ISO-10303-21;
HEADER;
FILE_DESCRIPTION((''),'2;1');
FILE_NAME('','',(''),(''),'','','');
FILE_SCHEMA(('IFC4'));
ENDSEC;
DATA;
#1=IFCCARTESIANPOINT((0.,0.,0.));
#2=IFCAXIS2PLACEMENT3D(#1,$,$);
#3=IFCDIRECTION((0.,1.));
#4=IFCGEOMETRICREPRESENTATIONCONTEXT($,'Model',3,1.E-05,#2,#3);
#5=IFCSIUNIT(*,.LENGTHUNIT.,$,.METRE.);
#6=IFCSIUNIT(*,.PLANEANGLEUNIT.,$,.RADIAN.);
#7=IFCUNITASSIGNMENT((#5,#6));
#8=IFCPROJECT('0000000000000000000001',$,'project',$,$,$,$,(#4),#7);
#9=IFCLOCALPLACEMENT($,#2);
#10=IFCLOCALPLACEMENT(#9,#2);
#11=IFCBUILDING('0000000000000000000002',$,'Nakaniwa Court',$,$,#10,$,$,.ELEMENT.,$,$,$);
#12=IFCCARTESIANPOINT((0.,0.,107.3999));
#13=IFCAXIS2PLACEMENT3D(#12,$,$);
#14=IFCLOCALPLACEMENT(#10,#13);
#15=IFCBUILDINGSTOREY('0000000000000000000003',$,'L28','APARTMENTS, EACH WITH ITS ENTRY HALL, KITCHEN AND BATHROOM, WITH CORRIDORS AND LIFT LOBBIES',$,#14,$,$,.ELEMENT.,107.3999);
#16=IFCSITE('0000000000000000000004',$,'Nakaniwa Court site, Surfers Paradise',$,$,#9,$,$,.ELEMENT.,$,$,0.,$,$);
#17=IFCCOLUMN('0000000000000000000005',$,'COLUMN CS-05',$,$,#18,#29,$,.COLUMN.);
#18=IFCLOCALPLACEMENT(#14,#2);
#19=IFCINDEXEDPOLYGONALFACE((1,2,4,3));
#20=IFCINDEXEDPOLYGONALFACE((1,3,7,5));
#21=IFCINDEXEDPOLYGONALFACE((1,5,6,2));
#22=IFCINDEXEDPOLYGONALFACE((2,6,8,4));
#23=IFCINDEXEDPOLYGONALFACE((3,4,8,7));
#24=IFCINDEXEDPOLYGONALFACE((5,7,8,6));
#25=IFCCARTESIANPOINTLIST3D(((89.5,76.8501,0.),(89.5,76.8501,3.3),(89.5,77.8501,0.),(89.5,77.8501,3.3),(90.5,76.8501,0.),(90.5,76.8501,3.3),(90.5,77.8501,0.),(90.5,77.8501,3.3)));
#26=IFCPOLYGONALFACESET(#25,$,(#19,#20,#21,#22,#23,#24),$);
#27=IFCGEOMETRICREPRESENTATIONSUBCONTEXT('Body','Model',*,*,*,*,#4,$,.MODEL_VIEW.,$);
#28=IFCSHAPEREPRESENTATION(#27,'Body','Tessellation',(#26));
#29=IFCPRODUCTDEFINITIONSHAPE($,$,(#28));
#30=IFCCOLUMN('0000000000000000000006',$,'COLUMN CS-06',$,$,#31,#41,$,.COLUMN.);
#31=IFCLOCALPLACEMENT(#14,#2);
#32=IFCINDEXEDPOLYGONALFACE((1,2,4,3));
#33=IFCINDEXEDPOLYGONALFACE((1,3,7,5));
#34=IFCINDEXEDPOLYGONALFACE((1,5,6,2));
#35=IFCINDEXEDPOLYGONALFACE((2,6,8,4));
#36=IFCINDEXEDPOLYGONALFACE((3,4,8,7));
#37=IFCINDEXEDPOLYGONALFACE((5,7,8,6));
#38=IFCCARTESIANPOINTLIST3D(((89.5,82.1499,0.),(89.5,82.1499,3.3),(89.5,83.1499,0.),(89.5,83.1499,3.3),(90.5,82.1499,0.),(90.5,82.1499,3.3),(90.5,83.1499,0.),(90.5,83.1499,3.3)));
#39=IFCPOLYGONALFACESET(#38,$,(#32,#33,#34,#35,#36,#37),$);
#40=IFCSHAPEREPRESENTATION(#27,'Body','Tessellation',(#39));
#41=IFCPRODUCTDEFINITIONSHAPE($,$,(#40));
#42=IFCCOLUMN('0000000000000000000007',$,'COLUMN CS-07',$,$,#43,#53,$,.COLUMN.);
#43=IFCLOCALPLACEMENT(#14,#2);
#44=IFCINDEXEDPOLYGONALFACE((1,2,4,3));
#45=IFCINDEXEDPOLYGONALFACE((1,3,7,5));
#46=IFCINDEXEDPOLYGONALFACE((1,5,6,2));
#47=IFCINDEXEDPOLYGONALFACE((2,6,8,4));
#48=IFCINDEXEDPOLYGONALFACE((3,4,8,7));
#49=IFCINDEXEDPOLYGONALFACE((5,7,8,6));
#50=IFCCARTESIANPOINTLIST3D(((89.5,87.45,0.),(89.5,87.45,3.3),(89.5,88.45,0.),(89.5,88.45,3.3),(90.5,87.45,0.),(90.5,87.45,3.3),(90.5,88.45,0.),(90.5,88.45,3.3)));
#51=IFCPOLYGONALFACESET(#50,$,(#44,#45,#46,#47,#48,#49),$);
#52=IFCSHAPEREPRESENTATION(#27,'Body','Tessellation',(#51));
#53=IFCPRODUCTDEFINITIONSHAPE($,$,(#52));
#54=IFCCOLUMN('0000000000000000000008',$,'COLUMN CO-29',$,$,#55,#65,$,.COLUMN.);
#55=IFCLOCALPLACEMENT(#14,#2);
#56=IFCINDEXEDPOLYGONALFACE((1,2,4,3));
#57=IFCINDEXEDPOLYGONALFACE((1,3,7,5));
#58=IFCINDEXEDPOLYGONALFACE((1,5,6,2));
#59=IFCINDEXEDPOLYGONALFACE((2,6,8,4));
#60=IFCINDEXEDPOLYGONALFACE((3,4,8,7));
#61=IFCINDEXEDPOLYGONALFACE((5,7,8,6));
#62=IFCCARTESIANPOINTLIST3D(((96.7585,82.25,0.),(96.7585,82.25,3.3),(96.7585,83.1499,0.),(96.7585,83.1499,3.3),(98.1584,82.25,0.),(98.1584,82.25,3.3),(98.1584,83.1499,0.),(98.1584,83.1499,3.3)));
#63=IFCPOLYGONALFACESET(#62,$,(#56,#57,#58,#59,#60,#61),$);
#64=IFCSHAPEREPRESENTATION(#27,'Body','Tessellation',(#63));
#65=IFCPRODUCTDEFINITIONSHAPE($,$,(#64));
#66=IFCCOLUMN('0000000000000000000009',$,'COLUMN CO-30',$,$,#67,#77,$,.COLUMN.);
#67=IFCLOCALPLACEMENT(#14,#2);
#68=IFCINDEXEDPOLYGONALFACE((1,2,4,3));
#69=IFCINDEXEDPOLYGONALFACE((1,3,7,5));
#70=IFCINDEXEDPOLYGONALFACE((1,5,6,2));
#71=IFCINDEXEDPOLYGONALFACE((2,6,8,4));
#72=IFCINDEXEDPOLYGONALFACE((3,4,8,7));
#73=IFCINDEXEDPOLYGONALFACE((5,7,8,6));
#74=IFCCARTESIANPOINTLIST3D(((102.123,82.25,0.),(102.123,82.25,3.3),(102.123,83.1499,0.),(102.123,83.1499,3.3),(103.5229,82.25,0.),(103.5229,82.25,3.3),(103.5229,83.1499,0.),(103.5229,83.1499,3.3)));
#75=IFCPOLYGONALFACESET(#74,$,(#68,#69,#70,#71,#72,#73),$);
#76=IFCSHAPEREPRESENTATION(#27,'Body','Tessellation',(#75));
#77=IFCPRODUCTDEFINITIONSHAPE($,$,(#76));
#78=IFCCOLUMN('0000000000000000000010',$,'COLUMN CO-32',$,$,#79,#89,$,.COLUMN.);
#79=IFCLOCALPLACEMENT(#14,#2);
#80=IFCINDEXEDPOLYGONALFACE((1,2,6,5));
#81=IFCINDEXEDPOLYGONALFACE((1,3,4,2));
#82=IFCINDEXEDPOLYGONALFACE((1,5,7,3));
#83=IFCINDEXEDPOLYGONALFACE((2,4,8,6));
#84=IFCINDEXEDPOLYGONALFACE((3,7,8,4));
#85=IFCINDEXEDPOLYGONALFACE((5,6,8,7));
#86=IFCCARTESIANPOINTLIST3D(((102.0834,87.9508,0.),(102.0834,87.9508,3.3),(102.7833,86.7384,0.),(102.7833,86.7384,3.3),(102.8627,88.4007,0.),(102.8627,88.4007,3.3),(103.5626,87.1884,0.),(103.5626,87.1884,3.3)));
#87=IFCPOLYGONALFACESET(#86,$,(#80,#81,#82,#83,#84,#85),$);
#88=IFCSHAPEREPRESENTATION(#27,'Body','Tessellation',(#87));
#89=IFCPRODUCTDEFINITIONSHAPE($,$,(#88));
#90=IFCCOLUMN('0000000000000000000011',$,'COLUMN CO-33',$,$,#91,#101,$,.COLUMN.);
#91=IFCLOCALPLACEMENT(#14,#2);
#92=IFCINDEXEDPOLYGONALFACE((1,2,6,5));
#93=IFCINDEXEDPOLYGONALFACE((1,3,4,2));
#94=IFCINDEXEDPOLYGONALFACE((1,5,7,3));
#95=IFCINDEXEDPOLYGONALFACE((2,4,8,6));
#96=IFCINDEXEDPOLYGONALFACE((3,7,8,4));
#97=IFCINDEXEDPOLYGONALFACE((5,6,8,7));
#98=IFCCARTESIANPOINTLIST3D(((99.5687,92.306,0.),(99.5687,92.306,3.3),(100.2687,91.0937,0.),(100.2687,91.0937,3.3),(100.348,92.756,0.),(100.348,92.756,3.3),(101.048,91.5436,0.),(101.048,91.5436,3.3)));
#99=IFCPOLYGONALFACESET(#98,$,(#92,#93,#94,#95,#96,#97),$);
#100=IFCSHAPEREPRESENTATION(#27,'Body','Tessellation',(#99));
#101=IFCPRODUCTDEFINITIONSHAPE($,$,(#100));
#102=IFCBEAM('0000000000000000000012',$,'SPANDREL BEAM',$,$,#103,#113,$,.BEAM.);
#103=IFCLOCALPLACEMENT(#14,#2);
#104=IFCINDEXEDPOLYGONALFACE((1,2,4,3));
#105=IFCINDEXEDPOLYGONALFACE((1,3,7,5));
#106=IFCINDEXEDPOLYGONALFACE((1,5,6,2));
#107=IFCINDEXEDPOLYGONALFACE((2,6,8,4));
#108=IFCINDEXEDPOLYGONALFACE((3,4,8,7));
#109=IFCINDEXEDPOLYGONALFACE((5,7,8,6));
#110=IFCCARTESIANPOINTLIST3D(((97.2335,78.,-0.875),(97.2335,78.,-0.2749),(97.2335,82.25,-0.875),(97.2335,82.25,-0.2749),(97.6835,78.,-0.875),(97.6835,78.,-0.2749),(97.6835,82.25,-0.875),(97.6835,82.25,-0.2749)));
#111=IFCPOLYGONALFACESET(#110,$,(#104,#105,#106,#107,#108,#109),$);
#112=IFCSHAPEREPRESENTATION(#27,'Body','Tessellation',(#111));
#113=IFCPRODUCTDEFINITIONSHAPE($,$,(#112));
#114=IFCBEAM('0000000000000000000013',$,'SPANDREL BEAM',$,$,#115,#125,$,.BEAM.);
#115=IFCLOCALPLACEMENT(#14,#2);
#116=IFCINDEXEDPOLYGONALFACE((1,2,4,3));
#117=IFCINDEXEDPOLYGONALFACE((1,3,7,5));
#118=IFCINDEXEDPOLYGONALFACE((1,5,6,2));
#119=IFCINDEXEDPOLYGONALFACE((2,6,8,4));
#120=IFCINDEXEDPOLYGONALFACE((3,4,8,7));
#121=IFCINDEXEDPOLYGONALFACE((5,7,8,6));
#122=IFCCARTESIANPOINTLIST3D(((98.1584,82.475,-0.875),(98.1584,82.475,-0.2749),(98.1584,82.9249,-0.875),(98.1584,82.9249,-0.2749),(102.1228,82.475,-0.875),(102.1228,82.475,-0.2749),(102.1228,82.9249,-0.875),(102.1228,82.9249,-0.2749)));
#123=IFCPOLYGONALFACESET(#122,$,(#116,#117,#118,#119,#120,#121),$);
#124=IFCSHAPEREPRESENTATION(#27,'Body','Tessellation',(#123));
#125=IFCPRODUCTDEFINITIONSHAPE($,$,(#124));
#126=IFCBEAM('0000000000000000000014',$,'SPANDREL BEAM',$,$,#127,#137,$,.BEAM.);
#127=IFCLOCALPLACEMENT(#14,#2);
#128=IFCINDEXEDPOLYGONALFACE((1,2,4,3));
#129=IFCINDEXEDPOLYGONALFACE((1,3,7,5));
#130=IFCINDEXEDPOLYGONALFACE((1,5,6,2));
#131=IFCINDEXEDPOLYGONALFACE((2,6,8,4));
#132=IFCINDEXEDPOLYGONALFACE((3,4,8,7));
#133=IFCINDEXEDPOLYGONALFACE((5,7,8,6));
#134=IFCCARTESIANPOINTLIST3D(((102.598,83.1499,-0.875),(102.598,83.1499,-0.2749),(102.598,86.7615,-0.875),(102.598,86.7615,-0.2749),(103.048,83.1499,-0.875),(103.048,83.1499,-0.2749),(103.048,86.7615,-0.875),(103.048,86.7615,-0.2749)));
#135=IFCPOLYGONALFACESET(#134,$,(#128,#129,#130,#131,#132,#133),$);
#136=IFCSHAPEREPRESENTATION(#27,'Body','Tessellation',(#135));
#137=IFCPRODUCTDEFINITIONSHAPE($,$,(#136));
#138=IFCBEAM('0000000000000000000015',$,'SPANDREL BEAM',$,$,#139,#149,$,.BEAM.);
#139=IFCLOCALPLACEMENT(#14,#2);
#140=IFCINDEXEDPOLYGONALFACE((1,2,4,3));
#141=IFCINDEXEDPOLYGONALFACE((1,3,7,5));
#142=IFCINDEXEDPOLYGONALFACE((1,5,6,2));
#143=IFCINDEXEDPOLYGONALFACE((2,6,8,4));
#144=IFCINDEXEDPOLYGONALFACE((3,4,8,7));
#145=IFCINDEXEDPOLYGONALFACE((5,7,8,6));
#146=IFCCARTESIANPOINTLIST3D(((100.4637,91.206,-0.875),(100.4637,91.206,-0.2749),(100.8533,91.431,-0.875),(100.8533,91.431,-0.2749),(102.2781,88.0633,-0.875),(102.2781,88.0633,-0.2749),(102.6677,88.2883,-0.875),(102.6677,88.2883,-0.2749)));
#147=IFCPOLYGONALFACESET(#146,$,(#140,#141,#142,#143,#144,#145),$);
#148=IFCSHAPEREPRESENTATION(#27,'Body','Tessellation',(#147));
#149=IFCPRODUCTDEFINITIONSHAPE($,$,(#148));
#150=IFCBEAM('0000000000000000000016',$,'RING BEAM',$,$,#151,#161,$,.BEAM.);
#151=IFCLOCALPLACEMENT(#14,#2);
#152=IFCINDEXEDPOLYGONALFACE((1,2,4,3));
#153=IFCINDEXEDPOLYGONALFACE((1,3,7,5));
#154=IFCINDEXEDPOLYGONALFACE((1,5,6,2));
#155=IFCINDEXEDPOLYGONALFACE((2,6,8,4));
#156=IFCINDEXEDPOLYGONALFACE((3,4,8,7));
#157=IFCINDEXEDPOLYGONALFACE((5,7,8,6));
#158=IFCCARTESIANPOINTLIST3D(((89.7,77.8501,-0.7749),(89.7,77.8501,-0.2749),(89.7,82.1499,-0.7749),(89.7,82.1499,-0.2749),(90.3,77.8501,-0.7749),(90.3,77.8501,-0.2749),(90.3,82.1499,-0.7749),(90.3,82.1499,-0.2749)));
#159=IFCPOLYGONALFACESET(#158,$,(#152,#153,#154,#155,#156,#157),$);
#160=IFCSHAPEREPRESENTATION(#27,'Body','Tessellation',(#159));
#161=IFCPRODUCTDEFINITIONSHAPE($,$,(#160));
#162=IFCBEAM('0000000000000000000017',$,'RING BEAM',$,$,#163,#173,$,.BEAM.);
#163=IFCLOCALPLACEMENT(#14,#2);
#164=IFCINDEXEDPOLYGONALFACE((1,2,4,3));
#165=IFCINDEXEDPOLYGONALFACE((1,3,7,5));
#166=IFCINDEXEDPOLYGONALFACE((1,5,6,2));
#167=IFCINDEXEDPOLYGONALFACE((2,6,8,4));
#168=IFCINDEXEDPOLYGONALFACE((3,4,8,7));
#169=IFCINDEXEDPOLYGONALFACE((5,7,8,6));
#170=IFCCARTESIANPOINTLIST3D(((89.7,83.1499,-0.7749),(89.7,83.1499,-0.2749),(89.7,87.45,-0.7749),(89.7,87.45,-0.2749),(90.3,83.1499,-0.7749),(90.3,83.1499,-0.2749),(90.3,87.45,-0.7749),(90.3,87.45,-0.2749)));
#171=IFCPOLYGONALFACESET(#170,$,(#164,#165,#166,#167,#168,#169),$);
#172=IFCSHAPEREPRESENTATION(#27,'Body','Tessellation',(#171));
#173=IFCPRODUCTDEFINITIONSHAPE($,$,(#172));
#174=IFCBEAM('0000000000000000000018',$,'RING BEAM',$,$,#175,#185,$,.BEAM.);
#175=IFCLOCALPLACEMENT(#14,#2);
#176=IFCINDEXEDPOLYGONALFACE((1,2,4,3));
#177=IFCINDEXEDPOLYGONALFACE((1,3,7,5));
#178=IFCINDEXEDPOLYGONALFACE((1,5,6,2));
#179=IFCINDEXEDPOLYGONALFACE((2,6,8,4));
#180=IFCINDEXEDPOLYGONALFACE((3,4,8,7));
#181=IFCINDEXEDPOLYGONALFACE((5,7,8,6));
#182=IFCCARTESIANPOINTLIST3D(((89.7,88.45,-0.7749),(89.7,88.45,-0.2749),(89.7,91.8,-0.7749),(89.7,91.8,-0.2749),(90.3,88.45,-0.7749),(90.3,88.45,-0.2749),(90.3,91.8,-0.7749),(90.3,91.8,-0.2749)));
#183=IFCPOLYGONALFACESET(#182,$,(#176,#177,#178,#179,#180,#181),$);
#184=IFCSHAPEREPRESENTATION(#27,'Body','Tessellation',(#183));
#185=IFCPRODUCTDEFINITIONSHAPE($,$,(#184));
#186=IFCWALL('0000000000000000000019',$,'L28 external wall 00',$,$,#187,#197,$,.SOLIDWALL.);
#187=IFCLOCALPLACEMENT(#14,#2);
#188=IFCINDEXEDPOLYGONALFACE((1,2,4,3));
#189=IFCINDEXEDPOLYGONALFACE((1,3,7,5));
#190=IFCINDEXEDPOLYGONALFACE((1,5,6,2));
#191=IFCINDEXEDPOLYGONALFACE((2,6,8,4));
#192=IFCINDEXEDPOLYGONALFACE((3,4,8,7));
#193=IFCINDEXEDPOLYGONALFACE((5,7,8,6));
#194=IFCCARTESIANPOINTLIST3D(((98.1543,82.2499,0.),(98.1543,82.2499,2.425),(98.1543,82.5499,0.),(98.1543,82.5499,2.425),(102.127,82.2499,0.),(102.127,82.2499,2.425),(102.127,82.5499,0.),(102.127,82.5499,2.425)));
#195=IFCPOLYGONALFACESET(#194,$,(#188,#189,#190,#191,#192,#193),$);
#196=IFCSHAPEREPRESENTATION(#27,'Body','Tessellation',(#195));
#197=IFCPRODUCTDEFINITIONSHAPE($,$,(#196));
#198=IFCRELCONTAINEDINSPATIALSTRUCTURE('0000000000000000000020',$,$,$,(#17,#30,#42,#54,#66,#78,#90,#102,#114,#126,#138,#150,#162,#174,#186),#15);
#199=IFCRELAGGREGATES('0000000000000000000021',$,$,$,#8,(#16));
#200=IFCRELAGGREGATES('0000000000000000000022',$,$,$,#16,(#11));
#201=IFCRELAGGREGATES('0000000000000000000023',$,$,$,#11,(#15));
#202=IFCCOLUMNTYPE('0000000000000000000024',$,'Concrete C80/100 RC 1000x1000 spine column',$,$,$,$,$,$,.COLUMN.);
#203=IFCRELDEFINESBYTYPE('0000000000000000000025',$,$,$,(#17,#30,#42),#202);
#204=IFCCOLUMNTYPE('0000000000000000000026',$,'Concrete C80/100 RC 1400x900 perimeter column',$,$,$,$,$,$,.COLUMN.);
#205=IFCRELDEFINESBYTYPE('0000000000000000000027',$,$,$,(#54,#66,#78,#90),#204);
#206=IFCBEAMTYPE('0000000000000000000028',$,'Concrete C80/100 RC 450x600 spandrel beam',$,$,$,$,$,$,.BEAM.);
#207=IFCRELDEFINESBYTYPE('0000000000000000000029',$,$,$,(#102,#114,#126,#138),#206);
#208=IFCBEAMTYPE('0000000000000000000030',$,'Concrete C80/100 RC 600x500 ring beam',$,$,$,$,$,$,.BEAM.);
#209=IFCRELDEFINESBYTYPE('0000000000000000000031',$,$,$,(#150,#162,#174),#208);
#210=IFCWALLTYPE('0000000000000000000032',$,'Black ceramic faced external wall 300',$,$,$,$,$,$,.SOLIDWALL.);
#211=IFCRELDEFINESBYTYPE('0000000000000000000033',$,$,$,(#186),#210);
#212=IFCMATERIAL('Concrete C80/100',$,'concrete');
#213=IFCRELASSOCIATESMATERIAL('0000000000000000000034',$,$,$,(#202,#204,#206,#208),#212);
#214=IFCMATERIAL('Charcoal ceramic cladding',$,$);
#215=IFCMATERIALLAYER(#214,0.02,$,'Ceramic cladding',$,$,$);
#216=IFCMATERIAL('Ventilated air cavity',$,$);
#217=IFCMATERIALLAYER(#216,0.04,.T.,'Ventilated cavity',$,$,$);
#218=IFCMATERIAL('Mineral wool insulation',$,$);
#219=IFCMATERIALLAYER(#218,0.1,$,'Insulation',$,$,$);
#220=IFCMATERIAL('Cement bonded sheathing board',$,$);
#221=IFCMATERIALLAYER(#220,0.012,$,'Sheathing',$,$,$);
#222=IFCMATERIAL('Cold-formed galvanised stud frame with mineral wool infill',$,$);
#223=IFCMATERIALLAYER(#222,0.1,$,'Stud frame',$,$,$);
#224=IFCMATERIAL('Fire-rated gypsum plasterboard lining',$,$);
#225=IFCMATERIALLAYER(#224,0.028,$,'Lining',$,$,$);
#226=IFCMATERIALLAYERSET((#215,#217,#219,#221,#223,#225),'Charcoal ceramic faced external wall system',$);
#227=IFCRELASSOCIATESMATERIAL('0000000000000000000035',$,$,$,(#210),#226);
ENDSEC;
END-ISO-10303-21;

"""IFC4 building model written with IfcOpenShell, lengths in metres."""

from ifc_helpers import new_model, si_unit, direction, frame, frame_2d, origin, origin_2d, place, context, subcontext, project, spatial, rectangle, extrude, material, layer, layer_set, material_profile, profile_set, type_object, element, save


model = new_model("IFC4")

# Units and contexts
model_context = context("Model", 3, precision=1e-05, world=origin(), true_north=direction((0.0, 1.0)))
body_context = subcontext(model_context, "Body", "Model", "MODEL_VIEW")
ifc_project = project(units=[si_unit("LENGTHUNIT", "METRE"), si_unit("PLANEANGLEUNIT", "RADIAN")], contexts=[model_context])

# Site, building, storey
site_placement = place(None, origin())
site = spatial("IfcSite", under=ifc_project, at=site_placement, Name="Nakaniwa Court site, Surfers Paradise", CompositionType="ELEMENT", RefElevation=0.0)
building_placement = place(site_placement, origin())
building = spatial("IfcBuilding", under=site, at=building_placement, Name="Nakaniwa Court", CompositionType="ELEMENT")
storey_placement = place(building_placement, frame((0.0, 0.0, 107.3999)))
storey = spatial("IfcBuildingStorey", under=building, at=storey_placement, Name="L28", Description="APARTMENTS, EACH WITH ITS ENTRY HALL, KITCHEN AND BATHROOM, WITH CORRIDORS AND LIFT LOBBIES", CompositionType="ELEMENT", Elevation=107.3999)

# Columns
ifc_material_1 = material(Name="Concrete C80/100", Category="concrete")
ifc_material_profile_1 = material_profile(ifc_material_1, rectangle(XDim=1.0, YDim=1.0, at=origin_2d()), Name="Concrete C80/100 RC 1000x1000 spine column")
ifc_profile_set_1 = profile_set([ifc_material_profile_1], Name="Concrete C80/100")
column_type_1 = type_object("IfcColumnType", Name="Concrete C80/100 RC 1000x1000 spine column", PredefinedType="COLUMN", material=ifc_profile_set_1)
for number, where, z_axis, x_axis, name in (
    (1, (90.0, 77.3501, 0.0), (0.0, 0.0, 1.0), (0.0, 1.0, 0.0), "COLUMN CS-05"),
    (2, (90.0, 82.6499, 0.0), (0.0, 0.0, 1.0), (0.0, 1.0, 0.0), "COLUMN CS-06"),
    (3, (90.0, 87.95, 0.0), (0.0, 0.0, 1.0), (0.0, 1.0, 0.0), "COLUMN CS-07"),
):
    element("IfcColumn", number, at=place(storey_placement, frame(where, z_axis=z_axis, x_axis=x_axis)), inside=storey, type_object=column_type_1, Name=name, PredefinedType="COLUMN", context=body_context, shape_type="SweptSolid", body=[
        extrude(rectangle(XDim=1.0, YDim=1.0, at=origin_2d()), origin(), (0.0, 0.0, 1.0), 3.3),
    ])
ifc_material_profile_2 = material_profile(ifc_material_1, rectangle(XDim=1.3999, YDim=0.8999, at=origin_2d()), Name="Concrete C80/100 RC 1400x900 perimeter column")
ifc_profile_set_2 = profile_set([ifc_material_profile_2], Name="Concrete C80/100")
column_type_2 = type_object("IfcColumnType", Name="Concrete C80/100 RC 1400x900 perimeter column", PredefinedType="COLUMN", material=ifc_profile_set_2)
for number, where, z_axis, x_axis, name in (
    (4, (97.4585, 82.7, 0.0), (0.0, 0.0, 1.0), (1.0, 0.0, 0.0), "COLUMN CO-29"),
    (5, (102.823, 82.7, 0.0), (0.0, 0.0, 1.0), (1.0, 0.0, 0.0), "COLUMN CO-30"),
    (6, (102.823, 87.5696, 0.0), (0.0, 0.0, 1.0), (-0.5, 0.866025, 0.0), "COLUMN CO-32"),
    (7, (100.3083, 91.9248, 0.0), (0.0, 0.0, 1.0), (-0.5, 0.866025, 0.0), "COLUMN CO-33"),
):
    element("IfcColumn", number, at=place(storey_placement, frame(where, z_axis=z_axis, x_axis=x_axis)), inside=storey, type_object=column_type_2, Name=name, PredefinedType="COLUMN", context=body_context, shape_type="SweptSolid", body=[
        extrude(rectangle(XDim=1.3999, YDim=0.8999, at=origin_2d()), origin(), (0.0, 0.0, 1.0), 3.3),
    ])

# Beams
ifc_material_profile_3 = material_profile(ifc_material_1, rectangle(XDim=0.45, YDim=0.6001, at=origin_2d()), Name="Concrete C80/100 RC 450x600 spandrel beam")
ifc_profile_set_3 = profile_set([ifc_material_profile_3], Name="Concrete C80/100")
beam_type_1 = type_object("IfcBeamType", Name="Concrete C80/100 RC 450x600 spandrel beam", PredefinedType="BEAM", material=ifc_profile_set_3)
beam_1_placement = place(storey_placement, frame((97.4585, 78.0, -0.575), z_axis=(0.0, 1.0, 0.0), x_axis=(-1.0, 0.0, 0.0)))
element("IfcBeam", 8, at=beam_1_placement, inside=storey, type_object=beam_type_1, Name="SPANDREL BEAM", PredefinedType="BEAM", context=body_context, shape_type="SweptSolid", body=[
    extrude(rectangle(XDim=0.45, YDim=0.6001, at=origin_2d()), origin(), (0.0, 0.0, 1.0), 4.25),
])
beam_2_placement = place(storey_placement, frame((98.1584, 82.7, -0.575), z_axis=(1.0, 0.0, 0.0), x_axis=(0.0, 1.0, 0.0)))
element("IfcBeam", 9, at=beam_2_placement, inside=storey, type_object=beam_type_1, Name="SPANDREL BEAM", PredefinedType="BEAM", context=body_context, shape_type="SweptSolid", body=[
    extrude(rectangle(XDim=0.45, YDim=0.6001, at=origin_2d()), origin(), (0.0, 0.0, 1.0), 3.9644),
])
beam_3_placement = place(storey_placement, frame((102.823, 83.1499, -0.575), z_axis=(0.0, 1.0, 0.0), x_axis=(-1.0, 0.0, 0.0)))
element("IfcBeam", 10, at=beam_3_placement, inside=storey, type_object=beam_type_1, Name="SPANDREL BEAM", PredefinedType="BEAM", context=body_context, shape_type="SweptSolid", body=[
    extrude(rectangle(XDim=0.45, YDim=0.6001, at=origin_2d()), origin(), (0.0, 0.0, 1.0), 3.6116),
])
beam_4_placement = place(storey_placement, frame((102.4729, 88.1758, -0.575), z_axis=(-0.499988, 0.866032, 0.0), x_axis=(-0.866032, -0.499988, 0.0)))
element("IfcBeam", 11, at=beam_4_placement, inside=storey, type_object=beam_type_1, Name="SPANDREL BEAM", PredefinedType="BEAM", context=body_context, shape_type="SweptSolid", body=[
    extrude(rectangle(XDim=0.45, YDim=0.6001, at=origin_2d()), origin(), (0.0, 0.0, 1.0), 3.6289),
])
ifc_material_profile_4 = material_profile(ifc_material_1, rectangle(XDim=0.6001, YDim=0.5, at=origin_2d()), Name="Concrete C80/100 RC 600x500 ring beam")
ifc_profile_set_4 = profile_set([ifc_material_profile_4], Name="Concrete C80/100")
beam_type_2 = type_object("IfcBeamType", Name="Concrete C80/100 RC 600x500 ring beam", PredefinedType="BEAM", material=ifc_profile_set_4)
beam_5_placement = place(storey_placement, frame((90.0, 77.8501, -0.5249), z_axis=(0.0, 1.0, 0.0), x_axis=(-1.0, 0.0, 0.0)))
element("IfcBeam", 12, at=beam_5_placement, inside=storey, type_object=beam_type_2, Name="RING BEAM", PredefinedType="BEAM", context=body_context, shape_type="SweptSolid", body=[
    extrude(rectangle(XDim=0.6001, YDim=0.5, at=origin_2d()), origin(), (0.0, 0.0, 1.0), 4.2998),
])
beam_6_placement = place(storey_placement, frame((90.0, 83.1499, -0.5249), z_axis=(0.0, 1.0, 0.0), x_axis=(-1.0, 0.0, 0.0)))
element("IfcBeam", 13, at=beam_6_placement, inside=storey, type_object=beam_type_2, Name="RING BEAM", PredefinedType="BEAM", context=body_context, shape_type="SweptSolid", body=[
    extrude(rectangle(XDim=0.6001, YDim=0.5, at=origin_2d()), origin(), (0.0, 0.0, 1.0), 4.3),
])
beam_7_placement = place(storey_placement, frame((90.0, 88.45, -0.5249), z_axis=(0.0, 1.0, 0.0), x_axis=(-1.0, 0.0, 0.0)))
element("IfcBeam", 14, at=beam_7_placement, inside=storey, type_object=beam_type_2, Name="RING BEAM", PredefinedType="BEAM", context=body_context, shape_type="SweptSolid", body=[
    extrude(rectangle(XDim=0.6001, YDim=0.5, at=origin_2d()), origin(), (0.0, 0.0, 1.0), 3.3501),
])

# Wall
ifc_material_2 = material(Name="Charcoal ceramic cladding")
ifc_layer_1 = layer(ifc_material_2, 0.02, Name="Ceramic cladding")
ifc_material_3 = material(Name="Ventilated air cavity")
ifc_layer_2 = layer(ifc_material_3, 0.04, ventilated=True, Name="Ventilated cavity")
ifc_material_4 = material(Name="Mineral wool insulation")
ifc_layer_3 = layer(ifc_material_4, 0.1, Name="Insulation")
ifc_material_5 = material(Name="Cement bonded sheathing board")
ifc_layer_4 = layer(ifc_material_5, 0.012, Name="Sheathing")
ifc_material_6 = material(Name="Cold-formed galvanised stud frame with mineral wool infill")
ifc_layer_5 = layer(ifc_material_6, 0.1, Name="Stud frame")
ifc_material_7 = material(Name="Fire-rated gypsum plasterboard lining")
ifc_layer_6 = layer(ifc_material_7, 0.028, Name="Lining")
ifc_layer_set_1 = layer_set([ifc_layer_1, ifc_layer_2, ifc_layer_3, ifc_layer_4, ifc_layer_5, ifc_layer_6], Name="Charcoal ceramic faced external wall system")
wall_type_1 = type_object("IfcWallType", Name="Black ceramic faced external wall 300", PredefinedType="SOLIDWALL", material=ifc_layer_set_1)
wall_1_placement = place(storey_placement, frame((98.1543, 82.3999, 0.0), z_axis=(0.0, 0.0, 1.0), x_axis=(1.0, 0.0, 0.0)))
element("IfcWall", 15, at=wall_1_placement, inside=storey, type_object=wall_type_1, Name="L28 external wall 00", PredefinedType="SOLIDWALL", context=body_context, shape_type="SweptSolid", body=[
    extrude(rectangle(XDim=3.9727, YDim=0.3, at=frame_2d((1.9863, 0.0))), origin(), (0.0, 0.0, 1.0), 2.425),
])

save(model, "model.ifc")
